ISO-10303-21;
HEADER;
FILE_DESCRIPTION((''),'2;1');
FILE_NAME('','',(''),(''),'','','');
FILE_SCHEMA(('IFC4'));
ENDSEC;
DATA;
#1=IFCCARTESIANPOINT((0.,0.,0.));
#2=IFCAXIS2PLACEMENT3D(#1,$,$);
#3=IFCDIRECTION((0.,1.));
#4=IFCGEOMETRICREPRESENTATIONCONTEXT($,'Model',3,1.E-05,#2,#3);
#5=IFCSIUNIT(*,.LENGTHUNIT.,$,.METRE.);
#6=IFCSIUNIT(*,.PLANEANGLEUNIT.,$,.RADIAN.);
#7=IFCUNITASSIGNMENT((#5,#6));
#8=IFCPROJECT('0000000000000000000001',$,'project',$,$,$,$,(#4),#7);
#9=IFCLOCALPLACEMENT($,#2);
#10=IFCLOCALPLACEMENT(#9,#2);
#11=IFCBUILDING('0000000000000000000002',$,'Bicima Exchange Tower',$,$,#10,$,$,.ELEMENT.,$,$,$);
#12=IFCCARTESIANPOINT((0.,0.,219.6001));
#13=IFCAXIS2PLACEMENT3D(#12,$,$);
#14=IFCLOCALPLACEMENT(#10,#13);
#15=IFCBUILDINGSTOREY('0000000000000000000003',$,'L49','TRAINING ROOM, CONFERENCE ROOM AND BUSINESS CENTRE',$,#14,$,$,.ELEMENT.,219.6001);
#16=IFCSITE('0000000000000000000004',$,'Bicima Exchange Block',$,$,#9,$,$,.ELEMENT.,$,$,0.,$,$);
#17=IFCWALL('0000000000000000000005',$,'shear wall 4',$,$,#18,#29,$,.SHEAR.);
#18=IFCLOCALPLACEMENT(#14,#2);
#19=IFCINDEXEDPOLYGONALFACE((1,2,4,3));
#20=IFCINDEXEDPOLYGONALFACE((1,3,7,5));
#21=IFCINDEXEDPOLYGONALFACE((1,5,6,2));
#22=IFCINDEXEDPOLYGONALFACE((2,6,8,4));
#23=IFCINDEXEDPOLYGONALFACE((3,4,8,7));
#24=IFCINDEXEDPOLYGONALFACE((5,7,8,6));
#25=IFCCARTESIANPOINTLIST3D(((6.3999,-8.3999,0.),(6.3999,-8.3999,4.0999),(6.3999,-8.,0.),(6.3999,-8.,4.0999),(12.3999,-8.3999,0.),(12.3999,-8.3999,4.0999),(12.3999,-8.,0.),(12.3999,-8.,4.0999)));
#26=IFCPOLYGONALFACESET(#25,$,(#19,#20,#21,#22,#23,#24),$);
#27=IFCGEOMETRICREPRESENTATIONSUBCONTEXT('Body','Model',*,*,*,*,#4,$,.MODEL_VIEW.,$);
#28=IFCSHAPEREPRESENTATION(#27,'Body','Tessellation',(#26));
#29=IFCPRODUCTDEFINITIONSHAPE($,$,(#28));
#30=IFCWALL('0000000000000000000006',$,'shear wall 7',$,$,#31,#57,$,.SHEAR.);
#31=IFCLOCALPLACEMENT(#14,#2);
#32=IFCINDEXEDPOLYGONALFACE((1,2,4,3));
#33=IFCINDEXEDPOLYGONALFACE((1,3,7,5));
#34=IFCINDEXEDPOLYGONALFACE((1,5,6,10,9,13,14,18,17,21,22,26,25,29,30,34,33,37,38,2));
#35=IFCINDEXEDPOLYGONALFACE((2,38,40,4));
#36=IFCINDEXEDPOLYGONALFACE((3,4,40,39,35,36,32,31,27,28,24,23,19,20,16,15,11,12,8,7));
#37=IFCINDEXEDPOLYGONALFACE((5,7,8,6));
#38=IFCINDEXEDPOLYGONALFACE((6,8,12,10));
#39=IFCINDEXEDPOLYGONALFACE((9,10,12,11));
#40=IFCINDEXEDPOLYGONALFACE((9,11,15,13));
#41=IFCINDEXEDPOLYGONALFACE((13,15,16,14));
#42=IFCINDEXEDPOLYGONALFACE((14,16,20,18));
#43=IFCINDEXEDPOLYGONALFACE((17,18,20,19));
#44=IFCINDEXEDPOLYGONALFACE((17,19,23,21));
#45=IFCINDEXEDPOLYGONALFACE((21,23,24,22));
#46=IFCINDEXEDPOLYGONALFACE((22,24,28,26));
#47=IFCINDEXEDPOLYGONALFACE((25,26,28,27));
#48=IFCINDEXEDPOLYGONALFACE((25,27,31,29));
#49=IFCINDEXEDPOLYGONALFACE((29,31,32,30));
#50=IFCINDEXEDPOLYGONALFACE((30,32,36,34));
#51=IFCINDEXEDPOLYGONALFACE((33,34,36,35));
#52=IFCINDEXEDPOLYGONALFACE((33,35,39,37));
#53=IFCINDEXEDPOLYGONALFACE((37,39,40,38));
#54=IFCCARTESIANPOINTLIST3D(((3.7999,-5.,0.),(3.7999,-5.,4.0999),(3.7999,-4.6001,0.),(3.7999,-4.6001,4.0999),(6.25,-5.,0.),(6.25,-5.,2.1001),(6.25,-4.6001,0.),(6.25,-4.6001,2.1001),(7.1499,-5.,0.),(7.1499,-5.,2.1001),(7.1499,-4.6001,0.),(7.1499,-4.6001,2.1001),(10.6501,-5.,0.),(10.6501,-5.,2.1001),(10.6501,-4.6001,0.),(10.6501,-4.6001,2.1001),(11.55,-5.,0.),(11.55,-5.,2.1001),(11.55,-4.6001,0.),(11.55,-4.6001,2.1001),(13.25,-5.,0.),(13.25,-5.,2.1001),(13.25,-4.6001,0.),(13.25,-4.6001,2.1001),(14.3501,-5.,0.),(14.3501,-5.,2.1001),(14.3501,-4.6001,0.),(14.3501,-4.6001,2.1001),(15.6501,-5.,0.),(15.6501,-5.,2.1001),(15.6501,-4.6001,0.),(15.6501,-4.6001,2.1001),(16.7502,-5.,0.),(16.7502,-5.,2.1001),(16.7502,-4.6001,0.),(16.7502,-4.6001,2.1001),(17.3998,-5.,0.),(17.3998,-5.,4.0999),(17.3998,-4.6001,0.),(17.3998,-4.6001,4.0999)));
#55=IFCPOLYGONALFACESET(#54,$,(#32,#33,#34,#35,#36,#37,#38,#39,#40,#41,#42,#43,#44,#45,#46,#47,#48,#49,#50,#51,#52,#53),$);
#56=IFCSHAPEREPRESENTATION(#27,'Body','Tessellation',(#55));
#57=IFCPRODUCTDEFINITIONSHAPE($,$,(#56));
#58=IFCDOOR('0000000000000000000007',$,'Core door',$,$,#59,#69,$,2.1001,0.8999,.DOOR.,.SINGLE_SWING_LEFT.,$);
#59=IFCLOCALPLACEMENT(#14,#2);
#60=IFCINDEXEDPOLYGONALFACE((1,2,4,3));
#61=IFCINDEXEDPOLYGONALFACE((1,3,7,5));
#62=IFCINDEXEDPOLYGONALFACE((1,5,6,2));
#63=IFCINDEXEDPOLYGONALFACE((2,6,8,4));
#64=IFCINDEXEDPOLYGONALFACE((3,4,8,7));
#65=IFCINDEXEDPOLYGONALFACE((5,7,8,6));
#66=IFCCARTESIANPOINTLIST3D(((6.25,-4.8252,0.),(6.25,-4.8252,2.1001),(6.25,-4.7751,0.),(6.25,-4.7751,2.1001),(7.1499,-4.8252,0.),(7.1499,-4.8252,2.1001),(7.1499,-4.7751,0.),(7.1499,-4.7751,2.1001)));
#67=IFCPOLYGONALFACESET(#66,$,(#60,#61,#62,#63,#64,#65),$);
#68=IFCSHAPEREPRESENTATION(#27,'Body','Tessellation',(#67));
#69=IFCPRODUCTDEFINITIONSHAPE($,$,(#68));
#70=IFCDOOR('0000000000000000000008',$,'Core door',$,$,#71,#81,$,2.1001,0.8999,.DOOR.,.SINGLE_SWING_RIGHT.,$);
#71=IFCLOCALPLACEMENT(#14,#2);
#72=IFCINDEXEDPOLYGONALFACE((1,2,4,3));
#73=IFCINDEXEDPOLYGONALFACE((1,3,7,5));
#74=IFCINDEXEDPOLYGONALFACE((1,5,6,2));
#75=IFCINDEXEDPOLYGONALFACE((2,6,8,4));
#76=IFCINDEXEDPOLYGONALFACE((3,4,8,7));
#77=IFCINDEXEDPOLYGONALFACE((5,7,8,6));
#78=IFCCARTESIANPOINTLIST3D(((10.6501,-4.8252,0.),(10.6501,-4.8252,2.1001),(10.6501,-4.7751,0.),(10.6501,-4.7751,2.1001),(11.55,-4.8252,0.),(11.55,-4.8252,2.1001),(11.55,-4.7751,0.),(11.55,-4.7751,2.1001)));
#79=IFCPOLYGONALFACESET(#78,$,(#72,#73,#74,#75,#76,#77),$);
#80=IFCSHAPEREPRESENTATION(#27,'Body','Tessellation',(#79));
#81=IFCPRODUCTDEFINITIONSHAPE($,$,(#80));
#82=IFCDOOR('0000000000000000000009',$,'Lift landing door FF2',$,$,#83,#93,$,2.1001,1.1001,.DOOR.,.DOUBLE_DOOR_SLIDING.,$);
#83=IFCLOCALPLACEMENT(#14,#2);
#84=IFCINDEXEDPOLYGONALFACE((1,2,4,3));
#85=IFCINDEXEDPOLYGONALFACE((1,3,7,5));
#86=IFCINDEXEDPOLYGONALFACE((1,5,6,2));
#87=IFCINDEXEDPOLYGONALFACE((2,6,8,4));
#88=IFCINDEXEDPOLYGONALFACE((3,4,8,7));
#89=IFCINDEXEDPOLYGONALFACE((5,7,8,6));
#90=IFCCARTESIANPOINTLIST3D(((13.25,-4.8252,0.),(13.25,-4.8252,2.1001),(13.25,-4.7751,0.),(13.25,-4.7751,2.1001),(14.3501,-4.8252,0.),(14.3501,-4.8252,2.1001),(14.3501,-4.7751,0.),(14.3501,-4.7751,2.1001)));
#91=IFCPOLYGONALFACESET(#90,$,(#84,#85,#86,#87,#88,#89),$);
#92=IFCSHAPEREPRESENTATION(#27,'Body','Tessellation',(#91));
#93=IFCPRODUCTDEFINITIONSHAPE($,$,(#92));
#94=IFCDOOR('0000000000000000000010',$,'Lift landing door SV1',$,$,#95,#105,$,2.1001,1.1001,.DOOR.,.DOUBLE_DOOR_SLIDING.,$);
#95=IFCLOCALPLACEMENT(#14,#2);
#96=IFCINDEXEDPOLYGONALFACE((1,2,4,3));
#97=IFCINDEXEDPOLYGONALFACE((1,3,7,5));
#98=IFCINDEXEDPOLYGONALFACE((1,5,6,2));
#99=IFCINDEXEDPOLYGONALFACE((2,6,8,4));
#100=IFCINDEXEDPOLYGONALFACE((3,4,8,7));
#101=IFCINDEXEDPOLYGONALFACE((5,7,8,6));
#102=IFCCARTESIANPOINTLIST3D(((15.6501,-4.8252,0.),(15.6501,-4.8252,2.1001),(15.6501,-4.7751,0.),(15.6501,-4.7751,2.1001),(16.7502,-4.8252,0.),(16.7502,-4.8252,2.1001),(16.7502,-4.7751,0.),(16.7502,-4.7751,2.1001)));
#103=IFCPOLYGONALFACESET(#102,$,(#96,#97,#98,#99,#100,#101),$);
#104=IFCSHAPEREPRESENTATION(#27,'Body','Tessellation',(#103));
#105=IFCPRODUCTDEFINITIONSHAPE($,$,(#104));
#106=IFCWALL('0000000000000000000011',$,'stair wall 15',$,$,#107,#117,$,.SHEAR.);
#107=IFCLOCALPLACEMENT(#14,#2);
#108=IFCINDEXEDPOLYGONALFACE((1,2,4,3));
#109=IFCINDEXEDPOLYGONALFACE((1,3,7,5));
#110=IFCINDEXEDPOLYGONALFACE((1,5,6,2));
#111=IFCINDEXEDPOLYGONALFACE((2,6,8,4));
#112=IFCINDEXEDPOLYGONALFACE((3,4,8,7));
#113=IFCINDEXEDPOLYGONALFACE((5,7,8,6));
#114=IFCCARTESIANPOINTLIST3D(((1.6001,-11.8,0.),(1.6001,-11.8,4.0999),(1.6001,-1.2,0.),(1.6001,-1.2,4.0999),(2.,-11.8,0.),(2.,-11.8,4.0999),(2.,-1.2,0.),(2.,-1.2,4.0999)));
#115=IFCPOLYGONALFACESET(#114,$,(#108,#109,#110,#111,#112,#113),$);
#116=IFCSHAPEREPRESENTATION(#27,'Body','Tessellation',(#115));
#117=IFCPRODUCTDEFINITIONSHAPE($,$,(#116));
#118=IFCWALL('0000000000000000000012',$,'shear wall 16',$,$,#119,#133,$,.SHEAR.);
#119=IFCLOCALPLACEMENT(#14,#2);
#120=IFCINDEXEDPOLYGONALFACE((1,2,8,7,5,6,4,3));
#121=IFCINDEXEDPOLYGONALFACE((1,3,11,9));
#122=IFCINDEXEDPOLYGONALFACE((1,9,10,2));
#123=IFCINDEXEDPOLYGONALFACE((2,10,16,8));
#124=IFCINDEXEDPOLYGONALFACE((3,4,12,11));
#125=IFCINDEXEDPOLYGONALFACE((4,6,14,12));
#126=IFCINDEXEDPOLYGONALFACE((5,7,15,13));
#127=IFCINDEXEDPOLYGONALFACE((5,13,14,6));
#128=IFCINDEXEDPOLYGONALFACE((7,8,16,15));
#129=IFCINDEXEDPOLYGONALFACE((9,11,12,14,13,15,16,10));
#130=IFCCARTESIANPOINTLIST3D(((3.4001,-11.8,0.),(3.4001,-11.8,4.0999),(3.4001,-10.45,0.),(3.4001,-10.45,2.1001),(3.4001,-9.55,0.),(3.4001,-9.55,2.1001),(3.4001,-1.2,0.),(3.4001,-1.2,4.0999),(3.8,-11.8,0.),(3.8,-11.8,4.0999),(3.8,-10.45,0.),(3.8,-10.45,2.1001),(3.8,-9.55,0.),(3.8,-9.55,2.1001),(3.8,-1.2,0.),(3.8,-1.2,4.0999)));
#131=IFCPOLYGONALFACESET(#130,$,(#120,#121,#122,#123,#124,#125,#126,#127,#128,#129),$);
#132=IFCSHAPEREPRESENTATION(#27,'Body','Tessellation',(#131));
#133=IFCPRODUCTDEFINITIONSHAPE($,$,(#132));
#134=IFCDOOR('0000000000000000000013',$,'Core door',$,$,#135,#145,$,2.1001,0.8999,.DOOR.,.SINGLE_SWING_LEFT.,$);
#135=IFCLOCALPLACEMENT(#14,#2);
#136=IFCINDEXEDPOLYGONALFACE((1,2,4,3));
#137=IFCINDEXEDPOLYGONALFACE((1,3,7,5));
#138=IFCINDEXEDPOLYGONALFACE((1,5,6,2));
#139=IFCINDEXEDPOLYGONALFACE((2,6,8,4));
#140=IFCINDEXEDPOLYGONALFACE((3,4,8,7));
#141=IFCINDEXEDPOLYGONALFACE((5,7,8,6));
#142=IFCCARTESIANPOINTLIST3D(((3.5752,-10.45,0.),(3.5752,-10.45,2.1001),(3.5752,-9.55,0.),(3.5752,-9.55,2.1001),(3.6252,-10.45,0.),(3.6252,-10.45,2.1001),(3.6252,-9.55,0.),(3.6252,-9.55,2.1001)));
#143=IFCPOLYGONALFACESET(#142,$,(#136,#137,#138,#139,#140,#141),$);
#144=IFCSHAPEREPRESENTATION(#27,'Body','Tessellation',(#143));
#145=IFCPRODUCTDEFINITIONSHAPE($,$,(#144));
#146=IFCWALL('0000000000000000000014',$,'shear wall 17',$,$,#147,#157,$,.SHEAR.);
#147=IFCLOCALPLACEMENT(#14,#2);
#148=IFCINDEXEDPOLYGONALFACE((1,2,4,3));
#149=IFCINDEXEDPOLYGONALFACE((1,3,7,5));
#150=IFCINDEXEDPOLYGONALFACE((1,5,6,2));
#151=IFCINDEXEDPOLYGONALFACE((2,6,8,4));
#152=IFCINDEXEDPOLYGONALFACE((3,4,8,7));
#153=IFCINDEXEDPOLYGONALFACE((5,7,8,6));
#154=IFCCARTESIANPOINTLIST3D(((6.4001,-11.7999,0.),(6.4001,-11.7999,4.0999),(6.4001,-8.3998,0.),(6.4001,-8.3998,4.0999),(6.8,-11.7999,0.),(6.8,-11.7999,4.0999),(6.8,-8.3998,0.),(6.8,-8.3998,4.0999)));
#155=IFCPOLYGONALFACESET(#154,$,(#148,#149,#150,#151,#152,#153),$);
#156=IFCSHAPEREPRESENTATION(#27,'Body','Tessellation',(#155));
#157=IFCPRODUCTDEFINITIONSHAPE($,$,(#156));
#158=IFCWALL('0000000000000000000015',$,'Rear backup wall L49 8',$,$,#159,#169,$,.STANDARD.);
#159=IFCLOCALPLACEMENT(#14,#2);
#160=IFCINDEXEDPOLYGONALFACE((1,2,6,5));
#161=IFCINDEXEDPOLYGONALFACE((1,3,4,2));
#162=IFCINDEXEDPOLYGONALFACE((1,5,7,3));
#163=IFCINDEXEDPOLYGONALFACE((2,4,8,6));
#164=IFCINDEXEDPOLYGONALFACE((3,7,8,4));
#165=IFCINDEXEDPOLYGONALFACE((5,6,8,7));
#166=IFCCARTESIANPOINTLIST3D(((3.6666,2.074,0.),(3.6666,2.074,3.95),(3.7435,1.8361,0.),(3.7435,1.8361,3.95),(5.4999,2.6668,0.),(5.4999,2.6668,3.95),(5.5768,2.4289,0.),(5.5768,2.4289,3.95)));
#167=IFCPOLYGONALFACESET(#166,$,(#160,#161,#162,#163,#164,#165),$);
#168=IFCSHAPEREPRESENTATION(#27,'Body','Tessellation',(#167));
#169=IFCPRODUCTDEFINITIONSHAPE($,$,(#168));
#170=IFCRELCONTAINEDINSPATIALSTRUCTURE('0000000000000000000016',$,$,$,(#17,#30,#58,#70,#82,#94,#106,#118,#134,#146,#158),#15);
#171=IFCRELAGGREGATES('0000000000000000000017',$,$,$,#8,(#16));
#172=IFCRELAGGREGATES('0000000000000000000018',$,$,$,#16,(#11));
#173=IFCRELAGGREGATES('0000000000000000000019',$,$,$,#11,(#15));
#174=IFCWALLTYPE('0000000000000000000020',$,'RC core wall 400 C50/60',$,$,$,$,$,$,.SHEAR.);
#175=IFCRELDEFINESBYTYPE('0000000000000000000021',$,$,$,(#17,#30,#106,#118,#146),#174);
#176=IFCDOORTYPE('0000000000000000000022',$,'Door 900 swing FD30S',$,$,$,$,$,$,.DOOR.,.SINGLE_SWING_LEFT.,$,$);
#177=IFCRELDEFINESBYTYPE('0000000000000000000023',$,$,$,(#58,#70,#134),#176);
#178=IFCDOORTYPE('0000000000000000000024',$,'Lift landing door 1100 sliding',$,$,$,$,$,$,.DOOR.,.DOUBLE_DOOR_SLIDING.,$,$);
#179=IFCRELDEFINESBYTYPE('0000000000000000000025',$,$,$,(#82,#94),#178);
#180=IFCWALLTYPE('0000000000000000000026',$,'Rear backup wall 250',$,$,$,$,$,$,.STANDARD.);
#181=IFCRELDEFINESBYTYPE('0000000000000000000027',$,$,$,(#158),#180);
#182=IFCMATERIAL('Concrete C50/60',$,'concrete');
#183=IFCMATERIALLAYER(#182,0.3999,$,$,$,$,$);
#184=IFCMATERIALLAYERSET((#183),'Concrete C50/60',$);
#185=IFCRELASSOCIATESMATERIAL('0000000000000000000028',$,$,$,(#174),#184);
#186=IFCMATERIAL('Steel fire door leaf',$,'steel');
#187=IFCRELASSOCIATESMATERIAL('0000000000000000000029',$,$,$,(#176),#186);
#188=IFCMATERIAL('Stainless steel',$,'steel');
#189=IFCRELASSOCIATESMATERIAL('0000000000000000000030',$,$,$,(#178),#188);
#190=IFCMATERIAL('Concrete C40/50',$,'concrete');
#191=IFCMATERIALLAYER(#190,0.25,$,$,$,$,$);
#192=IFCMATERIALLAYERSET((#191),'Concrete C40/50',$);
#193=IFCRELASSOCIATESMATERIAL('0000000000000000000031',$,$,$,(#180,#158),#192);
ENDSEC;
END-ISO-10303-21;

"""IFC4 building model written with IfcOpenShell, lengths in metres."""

from ifc_helpers import new_model, si_unit, direction, frame, frame_2d, origin, place, context, subcontext, project, spatial, rectangle, extrude, material, layer, layer_set, layer_usage, type_object, element, fill, save


model = new_model("IFC4")

# Units and contexts
model_context = context("Model", 3, precision=1e-05, world=origin(), true_north=direction((0.0, 1.0)))
body_context = subcontext(model_context, "Body", "Model", "MODEL_VIEW")
ifc_project = project(units=[si_unit("LENGTHUNIT", "METRE"), si_unit("PLANEANGLEUNIT", "RADIAN")], contexts=[model_context])

# Site, building, storey
site_placement = place(None, origin())
site = spatial("IfcSite", under=ifc_project, at=site_placement, Name="Bicima Exchange Block", CompositionType="ELEMENT", RefElevation=0.0)
building_placement = place(site_placement, origin())
building = spatial("IfcBuilding", under=site, at=building_placement, Name="Bicima Exchange Tower", CompositionType="ELEMENT")
storey_placement = place(building_placement, frame((0.0, 0.0, 219.6001)))
storey = spatial("IfcBuildingStorey", under=building, at=storey_placement, Name="L49", Description="TRAINING ROOM, CONFERENCE ROOM AND BUSINESS CENTRE", CompositionType="ELEMENT", Elevation=219.6001)

# Shared definitions
ifc_material_1 = material(Name="Concrete C40/50", Category="concrete")

# Shared definitions
ifc_material_2 = material(Name="Concrete C50/60", Category="concrete")

# Wall
ifc_layer_1 = layer(ifc_material_2, 0.3999)
ifc_layer_set_1 = layer_set([ifc_layer_1], Name="Concrete C50/60")
wall_type_1 = type_object("IfcWallType", Name="RC core wall 400 C50/60", PredefinedType="SHEAR", material=ifc_layer_set_1)
wall_1_placement = place(storey_placement, frame((6.3999, -8.2, 0.0), z_axis=(0.0, 0.0, 1.0), x_axis=(1.0, 0.0, 0.0)))
element("IfcWall", 1, at=wall_1_placement, inside=storey, type_object=wall_type_1, Name="shear wall 4", PredefinedType="SHEAR", context=body_context, shape_type="SweptSolid", body=[
    extrude(rectangle(XDim=6.0, YDim=0.3999, at=frame_2d((3.0, 0.0))), origin(), (0.0, 0.0, 1.0), 4.0999),
])

# Wall, openings, doors
wall_2_placement = place(storey_placement, frame((3.8, -4.8, 0.0), z_axis=(0.0, 0.0, 1.0), x_axis=(1.0, 0.0, 0.0)))
wall_2 = element("IfcWall", 2, at=wall_2_placement, inside=storey, type_object=wall_type_1, Name="shear wall 7", PredefinedType="SHEAR", context=body_context, shape_type="SweptSolid", body=[
    extrude(rectangle(XDim=13.5999, YDim=0.3999, at=frame_2d((6.7998, 0.0))), origin(), (0.0, 0.0, 1.0), 4.0999),
])
opening_1_placement = place(wall_2_placement, frame((9.45, 0.0, 0.0)))
opening_1 = element("IfcOpeningElement", 3, at=opening_1_placement, cuts=wall_2, PredefinedType="OPENING", context=body_context, shape_type="SweptSolid", body=[
    extrude(rectangle(XDim=1.1001, YDim=2.1001, at=frame_2d((0.55, 1.05))), frame((0.0, 0.2119, 0.0), z_axis=(0.0, -1.0, 0.0), x_axis=(1.0, 0.0, 0.0)), (0.0, 0.0, 1.0), 0.4238),
])
opening_2_placement = place(wall_2_placement, frame((11.8501, 0.0, 0.0)))
opening_2 = element("IfcOpeningElement", 4, at=opening_2_placement, cuts=wall_2, PredefinedType="OPENING", context=body_context, shape_type="SweptSolid", body=[
    extrude(rectangle(XDim=1.1001, YDim=2.1001, at=frame_2d((0.55, 1.05))), frame((0.0, 0.2119, 0.0), z_axis=(0.0, -1.0, 0.0), x_axis=(1.0, 0.0, 0.0)), (0.0, 0.0, 1.0), 0.4238),
])
opening_3_placement = place(wall_2_placement, frame((2.45, 0.0, 0.0)))
opening_3 = element("IfcOpeningElement", 5, at=opening_3_placement, cuts=wall_2, PredefinedType="OPENING", context=body_context, shape_type="SweptSolid", body=[
    extrude(rectangle(XDim=0.8999, YDim=2.1001, at=frame_2d((0.45, 1.05))), frame((0.0, 0.2119, 0.0), z_axis=(0.0, -1.0, 0.0), x_axis=(1.0, 0.0, 0.0)), (0.0, 0.0, 1.0), 0.4238),
])
opening_4_placement = place(wall_2_placement, frame((6.8501, 0.0, 0.0)))
opening_4 = element("IfcOpeningElement", 6, at=opening_4_placement, cuts=wall_2, PredefinedType="OPENING", context=body_context, shape_type="SweptSolid", body=[
    extrude(rectangle(XDim=0.8999, YDim=2.1001, at=frame_2d((0.45, 1.05))), frame((0.0, 0.2119, 0.0), z_axis=(0.0, -1.0, 0.0), x_axis=(1.0, 0.0, 0.0)), (0.0, 0.0, 1.0), 0.4238),
])
ifc_material_3 = material(Name="Steel fire door leaf", Category="steel")
door_type_1 = type_object("IfcDoorType", Name="Door 900 swing FD30S", OperationType="SINGLE_SWING_LEFT", PredefinedType="DOOR", material=ifc_material_3)
door_1_placement = place(opening_3_placement, origin())
door_1 = element("IfcDoor", 7, at=door_1_placement, inside=storey, type_object=door_type_1, Name="Core door", OperationType="SINGLE_SWING_LEFT", OverallHeight=2.1001, OverallWidth=0.8999, PredefinedType="DOOR", context=body_context, shape_type="SweptSolid", body=[
    extrude(rectangle(XDim=0.8999, YDim=2.1001, at=frame_2d((0.45, 1.05))), frame((0.0, 0.0249, 0.0), z_axis=(0.0, -1.0, 0.0), x_axis=(1.0, 0.0, 0.0)), (0.0, 0.0, 1.0), 0.05),
])
fill(opening_3, door_1)
door_2_placement = place(opening_4_placement, origin())
door_2 = element("IfcDoor", 8, at=door_2_placement, inside=storey, type_object=door_type_1, Name="Core door", OperationType="SINGLE_SWING_RIGHT", OverallHeight=2.1001, OverallWidth=0.8999, PredefinedType="DOOR", context=body_context, shape_type="SweptSolid", body=[
    extrude(rectangle(XDim=0.8999, YDim=2.1001, at=frame_2d((0.45, 1.05))), frame((0.0, 0.0249, 0.0), z_axis=(0.0, -1.0, 0.0), x_axis=(1.0, 0.0, 0.0)), (0.0, 0.0, 1.0), 0.05),
])
fill(opening_4, door_2)
ifc_material_4 = material(Name="Stainless steel", Category="steel")
door_type_2 = type_object("IfcDoorType", Name="Lift landing door 1100 sliding", OperationType="DOUBLE_DOOR_SLIDING", PredefinedType="DOOR", material=ifc_material_4)
door_3_placement = place(opening_1_placement, origin())
door_3 = element("IfcDoor", 9, at=door_3_placement, inside=storey, type_object=door_type_2, Name="Lift landing door FF2", OperationType="DOUBLE_DOOR_SLIDING", OverallHeight=2.1001, OverallWidth=1.1001, PredefinedType="DOOR", context=body_context, shape_type="SweptSolid", body=[
    extrude(rectangle(XDim=1.1001, YDim=2.1001, at=frame_2d((0.55, 1.05))), frame((0.0, 0.0249, 0.0), z_axis=(0.0, -1.0, 0.0), x_axis=(1.0, 0.0, 0.0)), (0.0, 0.0, 1.0), 0.05),
])
fill(opening_1, door_3)
door_4_placement = place(opening_2_placement, origin())
door_4 = element("IfcDoor", 10, at=door_4_placement, inside=storey, type_object=door_type_2, Name="Lift landing door SV1", OperationType="DOUBLE_DOOR_SLIDING", OverallHeight=2.1001, OverallWidth=1.1001, PredefinedType="DOOR", context=body_context, shape_type="SweptSolid", body=[
    extrude(rectangle(XDim=1.1001, YDim=2.1001, at=frame_2d((0.55, 1.05))), frame((0.0, 0.0249, 0.0), z_axis=(0.0, -1.0, 0.0), x_axis=(1.0, 0.0, 0.0)), (0.0, 0.0, 1.0), 0.05),
])
fill(opening_2, door_4)

# Wall
wall_3_placement = place(storey_placement, frame((1.8, -11.8, 0.0), z_axis=(0.0, 0.0, 1.0), x_axis=(0.0, 1.0, 0.0)))
element("IfcWall", 11, at=wall_3_placement, inside=storey, type_object=wall_type_1, Name="stair wall 15", PredefinedType="SHEAR", context=body_context, shape_type="SweptSolid", body=[
    extrude(rectangle(XDim=10.6001, YDim=0.3999, at=frame_2d((5.3, 0.0))), origin(), (0.0, 0.0, 1.0), 4.0999),
])

# Wall, opening, door
wall_4_placement = place(storey_placement, frame((3.6001, -11.8, 0.0), z_axis=(0.0, 0.0, 1.0), x_axis=(0.0, 1.0, 0.0)))
wall_4 = element("IfcWall", 12, at=wall_4_placement, inside=storey, type_object=wall_type_1, Name="shear wall 16", PredefinedType="SHEAR", context=body_context, shape_type="SweptSolid", body=[
    extrude(rectangle(XDim=10.6001, YDim=0.3999, at=frame_2d((5.3, 0.0))), origin(), (0.0, 0.0, 1.0), 4.0999),
])
opening_5_placement = place(wall_4_placement, frame((1.3501, 0.0, 0.0)))
opening_5 = element("IfcOpeningElement", 13, at=opening_5_placement, cuts=wall_4, PredefinedType="OPENING", context=body_context, shape_type="SweptSolid", body=[
    extrude(rectangle(XDim=0.8999, YDim=2.1001, at=frame_2d((0.45, 1.05))), frame((0.0, 0.2119, 0.0), z_axis=(0.0, -1.0, 0.0), x_axis=(1.0, 0.0, 0.0)), (0.0, 0.0, 1.0), 0.4238),
])
door_5_placement = place(opening_5_placement, origin())
door_5 = element("IfcDoor", 14, at=door_5_placement, inside=storey, type_object=door_type_1, Name="Core door", OperationType="SINGLE_SWING_LEFT", OverallHeight=2.1001, OverallWidth=0.8999, PredefinedType="DOOR", context=body_context, shape_type="SweptSolid", body=[
    extrude(rectangle(XDim=0.8999, YDim=2.1001, at=frame_2d((0.45, 1.05))), frame((0.0, 0.0249, 0.0), z_axis=(0.0, -1.0, 0.0), x_axis=(1.0, 0.0, 0.0)), (0.0, 0.0, 1.0), 0.05),
])
fill(opening_5, door_5)

# Walls
wall_5_placement = place(storey_placement, frame((6.6001, -11.8, 0.0), z_axis=(0.0, 0.0, 1.0), x_axis=(0.0, 1.0, 0.0)))
element("IfcWall", 15, at=wall_5_placement, inside=storey, type_object=wall_type_1, Name="shear wall 17", PredefinedType="SHEAR", context=body_context, shape_type="SweptSolid", body=[
    extrude(rectangle(XDim=3.4001, YDim=0.3999, at=frame_2d((1.7002, 0.0))), origin(), (0.0, 0.0, 1.0), 4.0999),
])
ifc_layer_2 = layer(ifc_material_1, 0.25)
ifc_layer_set_2 = layer_set([ifc_layer_2], Name="Concrete C40/50")
ifc_layer_usage = layer_usage(ifc_layer_set_2, "AXIS2", "POSITIVE", -0.125)
wall_type_2 = type_object("IfcWallType", Name="Rear backup wall 250", PredefinedType="STANDARD", material=ifc_layer_set_2)
wall_6_placement = place(storey_placement, frame((5.5383, 2.5479, 0.0), z_axis=(0.0, 0.0, 1.0), x_axis=(-0.951496, -0.307662, 0.0)))
element("IfcWall", 16, at=wall_6_placement, inside=storey, type_object=wall_type_2, material=ifc_layer_usage, Name="Rear backup wall L49 8", PredefinedType="STANDARD", context=body_context, shape_type="SweptSolid", body=[
    extrude(rectangle(XDim=1.9268, YDim=0.25, at=frame_2d((0.9634, 0.0))), origin(), (0.0, 0.0, 1.0), 3.95),
])

save(model, "model.ifc")
